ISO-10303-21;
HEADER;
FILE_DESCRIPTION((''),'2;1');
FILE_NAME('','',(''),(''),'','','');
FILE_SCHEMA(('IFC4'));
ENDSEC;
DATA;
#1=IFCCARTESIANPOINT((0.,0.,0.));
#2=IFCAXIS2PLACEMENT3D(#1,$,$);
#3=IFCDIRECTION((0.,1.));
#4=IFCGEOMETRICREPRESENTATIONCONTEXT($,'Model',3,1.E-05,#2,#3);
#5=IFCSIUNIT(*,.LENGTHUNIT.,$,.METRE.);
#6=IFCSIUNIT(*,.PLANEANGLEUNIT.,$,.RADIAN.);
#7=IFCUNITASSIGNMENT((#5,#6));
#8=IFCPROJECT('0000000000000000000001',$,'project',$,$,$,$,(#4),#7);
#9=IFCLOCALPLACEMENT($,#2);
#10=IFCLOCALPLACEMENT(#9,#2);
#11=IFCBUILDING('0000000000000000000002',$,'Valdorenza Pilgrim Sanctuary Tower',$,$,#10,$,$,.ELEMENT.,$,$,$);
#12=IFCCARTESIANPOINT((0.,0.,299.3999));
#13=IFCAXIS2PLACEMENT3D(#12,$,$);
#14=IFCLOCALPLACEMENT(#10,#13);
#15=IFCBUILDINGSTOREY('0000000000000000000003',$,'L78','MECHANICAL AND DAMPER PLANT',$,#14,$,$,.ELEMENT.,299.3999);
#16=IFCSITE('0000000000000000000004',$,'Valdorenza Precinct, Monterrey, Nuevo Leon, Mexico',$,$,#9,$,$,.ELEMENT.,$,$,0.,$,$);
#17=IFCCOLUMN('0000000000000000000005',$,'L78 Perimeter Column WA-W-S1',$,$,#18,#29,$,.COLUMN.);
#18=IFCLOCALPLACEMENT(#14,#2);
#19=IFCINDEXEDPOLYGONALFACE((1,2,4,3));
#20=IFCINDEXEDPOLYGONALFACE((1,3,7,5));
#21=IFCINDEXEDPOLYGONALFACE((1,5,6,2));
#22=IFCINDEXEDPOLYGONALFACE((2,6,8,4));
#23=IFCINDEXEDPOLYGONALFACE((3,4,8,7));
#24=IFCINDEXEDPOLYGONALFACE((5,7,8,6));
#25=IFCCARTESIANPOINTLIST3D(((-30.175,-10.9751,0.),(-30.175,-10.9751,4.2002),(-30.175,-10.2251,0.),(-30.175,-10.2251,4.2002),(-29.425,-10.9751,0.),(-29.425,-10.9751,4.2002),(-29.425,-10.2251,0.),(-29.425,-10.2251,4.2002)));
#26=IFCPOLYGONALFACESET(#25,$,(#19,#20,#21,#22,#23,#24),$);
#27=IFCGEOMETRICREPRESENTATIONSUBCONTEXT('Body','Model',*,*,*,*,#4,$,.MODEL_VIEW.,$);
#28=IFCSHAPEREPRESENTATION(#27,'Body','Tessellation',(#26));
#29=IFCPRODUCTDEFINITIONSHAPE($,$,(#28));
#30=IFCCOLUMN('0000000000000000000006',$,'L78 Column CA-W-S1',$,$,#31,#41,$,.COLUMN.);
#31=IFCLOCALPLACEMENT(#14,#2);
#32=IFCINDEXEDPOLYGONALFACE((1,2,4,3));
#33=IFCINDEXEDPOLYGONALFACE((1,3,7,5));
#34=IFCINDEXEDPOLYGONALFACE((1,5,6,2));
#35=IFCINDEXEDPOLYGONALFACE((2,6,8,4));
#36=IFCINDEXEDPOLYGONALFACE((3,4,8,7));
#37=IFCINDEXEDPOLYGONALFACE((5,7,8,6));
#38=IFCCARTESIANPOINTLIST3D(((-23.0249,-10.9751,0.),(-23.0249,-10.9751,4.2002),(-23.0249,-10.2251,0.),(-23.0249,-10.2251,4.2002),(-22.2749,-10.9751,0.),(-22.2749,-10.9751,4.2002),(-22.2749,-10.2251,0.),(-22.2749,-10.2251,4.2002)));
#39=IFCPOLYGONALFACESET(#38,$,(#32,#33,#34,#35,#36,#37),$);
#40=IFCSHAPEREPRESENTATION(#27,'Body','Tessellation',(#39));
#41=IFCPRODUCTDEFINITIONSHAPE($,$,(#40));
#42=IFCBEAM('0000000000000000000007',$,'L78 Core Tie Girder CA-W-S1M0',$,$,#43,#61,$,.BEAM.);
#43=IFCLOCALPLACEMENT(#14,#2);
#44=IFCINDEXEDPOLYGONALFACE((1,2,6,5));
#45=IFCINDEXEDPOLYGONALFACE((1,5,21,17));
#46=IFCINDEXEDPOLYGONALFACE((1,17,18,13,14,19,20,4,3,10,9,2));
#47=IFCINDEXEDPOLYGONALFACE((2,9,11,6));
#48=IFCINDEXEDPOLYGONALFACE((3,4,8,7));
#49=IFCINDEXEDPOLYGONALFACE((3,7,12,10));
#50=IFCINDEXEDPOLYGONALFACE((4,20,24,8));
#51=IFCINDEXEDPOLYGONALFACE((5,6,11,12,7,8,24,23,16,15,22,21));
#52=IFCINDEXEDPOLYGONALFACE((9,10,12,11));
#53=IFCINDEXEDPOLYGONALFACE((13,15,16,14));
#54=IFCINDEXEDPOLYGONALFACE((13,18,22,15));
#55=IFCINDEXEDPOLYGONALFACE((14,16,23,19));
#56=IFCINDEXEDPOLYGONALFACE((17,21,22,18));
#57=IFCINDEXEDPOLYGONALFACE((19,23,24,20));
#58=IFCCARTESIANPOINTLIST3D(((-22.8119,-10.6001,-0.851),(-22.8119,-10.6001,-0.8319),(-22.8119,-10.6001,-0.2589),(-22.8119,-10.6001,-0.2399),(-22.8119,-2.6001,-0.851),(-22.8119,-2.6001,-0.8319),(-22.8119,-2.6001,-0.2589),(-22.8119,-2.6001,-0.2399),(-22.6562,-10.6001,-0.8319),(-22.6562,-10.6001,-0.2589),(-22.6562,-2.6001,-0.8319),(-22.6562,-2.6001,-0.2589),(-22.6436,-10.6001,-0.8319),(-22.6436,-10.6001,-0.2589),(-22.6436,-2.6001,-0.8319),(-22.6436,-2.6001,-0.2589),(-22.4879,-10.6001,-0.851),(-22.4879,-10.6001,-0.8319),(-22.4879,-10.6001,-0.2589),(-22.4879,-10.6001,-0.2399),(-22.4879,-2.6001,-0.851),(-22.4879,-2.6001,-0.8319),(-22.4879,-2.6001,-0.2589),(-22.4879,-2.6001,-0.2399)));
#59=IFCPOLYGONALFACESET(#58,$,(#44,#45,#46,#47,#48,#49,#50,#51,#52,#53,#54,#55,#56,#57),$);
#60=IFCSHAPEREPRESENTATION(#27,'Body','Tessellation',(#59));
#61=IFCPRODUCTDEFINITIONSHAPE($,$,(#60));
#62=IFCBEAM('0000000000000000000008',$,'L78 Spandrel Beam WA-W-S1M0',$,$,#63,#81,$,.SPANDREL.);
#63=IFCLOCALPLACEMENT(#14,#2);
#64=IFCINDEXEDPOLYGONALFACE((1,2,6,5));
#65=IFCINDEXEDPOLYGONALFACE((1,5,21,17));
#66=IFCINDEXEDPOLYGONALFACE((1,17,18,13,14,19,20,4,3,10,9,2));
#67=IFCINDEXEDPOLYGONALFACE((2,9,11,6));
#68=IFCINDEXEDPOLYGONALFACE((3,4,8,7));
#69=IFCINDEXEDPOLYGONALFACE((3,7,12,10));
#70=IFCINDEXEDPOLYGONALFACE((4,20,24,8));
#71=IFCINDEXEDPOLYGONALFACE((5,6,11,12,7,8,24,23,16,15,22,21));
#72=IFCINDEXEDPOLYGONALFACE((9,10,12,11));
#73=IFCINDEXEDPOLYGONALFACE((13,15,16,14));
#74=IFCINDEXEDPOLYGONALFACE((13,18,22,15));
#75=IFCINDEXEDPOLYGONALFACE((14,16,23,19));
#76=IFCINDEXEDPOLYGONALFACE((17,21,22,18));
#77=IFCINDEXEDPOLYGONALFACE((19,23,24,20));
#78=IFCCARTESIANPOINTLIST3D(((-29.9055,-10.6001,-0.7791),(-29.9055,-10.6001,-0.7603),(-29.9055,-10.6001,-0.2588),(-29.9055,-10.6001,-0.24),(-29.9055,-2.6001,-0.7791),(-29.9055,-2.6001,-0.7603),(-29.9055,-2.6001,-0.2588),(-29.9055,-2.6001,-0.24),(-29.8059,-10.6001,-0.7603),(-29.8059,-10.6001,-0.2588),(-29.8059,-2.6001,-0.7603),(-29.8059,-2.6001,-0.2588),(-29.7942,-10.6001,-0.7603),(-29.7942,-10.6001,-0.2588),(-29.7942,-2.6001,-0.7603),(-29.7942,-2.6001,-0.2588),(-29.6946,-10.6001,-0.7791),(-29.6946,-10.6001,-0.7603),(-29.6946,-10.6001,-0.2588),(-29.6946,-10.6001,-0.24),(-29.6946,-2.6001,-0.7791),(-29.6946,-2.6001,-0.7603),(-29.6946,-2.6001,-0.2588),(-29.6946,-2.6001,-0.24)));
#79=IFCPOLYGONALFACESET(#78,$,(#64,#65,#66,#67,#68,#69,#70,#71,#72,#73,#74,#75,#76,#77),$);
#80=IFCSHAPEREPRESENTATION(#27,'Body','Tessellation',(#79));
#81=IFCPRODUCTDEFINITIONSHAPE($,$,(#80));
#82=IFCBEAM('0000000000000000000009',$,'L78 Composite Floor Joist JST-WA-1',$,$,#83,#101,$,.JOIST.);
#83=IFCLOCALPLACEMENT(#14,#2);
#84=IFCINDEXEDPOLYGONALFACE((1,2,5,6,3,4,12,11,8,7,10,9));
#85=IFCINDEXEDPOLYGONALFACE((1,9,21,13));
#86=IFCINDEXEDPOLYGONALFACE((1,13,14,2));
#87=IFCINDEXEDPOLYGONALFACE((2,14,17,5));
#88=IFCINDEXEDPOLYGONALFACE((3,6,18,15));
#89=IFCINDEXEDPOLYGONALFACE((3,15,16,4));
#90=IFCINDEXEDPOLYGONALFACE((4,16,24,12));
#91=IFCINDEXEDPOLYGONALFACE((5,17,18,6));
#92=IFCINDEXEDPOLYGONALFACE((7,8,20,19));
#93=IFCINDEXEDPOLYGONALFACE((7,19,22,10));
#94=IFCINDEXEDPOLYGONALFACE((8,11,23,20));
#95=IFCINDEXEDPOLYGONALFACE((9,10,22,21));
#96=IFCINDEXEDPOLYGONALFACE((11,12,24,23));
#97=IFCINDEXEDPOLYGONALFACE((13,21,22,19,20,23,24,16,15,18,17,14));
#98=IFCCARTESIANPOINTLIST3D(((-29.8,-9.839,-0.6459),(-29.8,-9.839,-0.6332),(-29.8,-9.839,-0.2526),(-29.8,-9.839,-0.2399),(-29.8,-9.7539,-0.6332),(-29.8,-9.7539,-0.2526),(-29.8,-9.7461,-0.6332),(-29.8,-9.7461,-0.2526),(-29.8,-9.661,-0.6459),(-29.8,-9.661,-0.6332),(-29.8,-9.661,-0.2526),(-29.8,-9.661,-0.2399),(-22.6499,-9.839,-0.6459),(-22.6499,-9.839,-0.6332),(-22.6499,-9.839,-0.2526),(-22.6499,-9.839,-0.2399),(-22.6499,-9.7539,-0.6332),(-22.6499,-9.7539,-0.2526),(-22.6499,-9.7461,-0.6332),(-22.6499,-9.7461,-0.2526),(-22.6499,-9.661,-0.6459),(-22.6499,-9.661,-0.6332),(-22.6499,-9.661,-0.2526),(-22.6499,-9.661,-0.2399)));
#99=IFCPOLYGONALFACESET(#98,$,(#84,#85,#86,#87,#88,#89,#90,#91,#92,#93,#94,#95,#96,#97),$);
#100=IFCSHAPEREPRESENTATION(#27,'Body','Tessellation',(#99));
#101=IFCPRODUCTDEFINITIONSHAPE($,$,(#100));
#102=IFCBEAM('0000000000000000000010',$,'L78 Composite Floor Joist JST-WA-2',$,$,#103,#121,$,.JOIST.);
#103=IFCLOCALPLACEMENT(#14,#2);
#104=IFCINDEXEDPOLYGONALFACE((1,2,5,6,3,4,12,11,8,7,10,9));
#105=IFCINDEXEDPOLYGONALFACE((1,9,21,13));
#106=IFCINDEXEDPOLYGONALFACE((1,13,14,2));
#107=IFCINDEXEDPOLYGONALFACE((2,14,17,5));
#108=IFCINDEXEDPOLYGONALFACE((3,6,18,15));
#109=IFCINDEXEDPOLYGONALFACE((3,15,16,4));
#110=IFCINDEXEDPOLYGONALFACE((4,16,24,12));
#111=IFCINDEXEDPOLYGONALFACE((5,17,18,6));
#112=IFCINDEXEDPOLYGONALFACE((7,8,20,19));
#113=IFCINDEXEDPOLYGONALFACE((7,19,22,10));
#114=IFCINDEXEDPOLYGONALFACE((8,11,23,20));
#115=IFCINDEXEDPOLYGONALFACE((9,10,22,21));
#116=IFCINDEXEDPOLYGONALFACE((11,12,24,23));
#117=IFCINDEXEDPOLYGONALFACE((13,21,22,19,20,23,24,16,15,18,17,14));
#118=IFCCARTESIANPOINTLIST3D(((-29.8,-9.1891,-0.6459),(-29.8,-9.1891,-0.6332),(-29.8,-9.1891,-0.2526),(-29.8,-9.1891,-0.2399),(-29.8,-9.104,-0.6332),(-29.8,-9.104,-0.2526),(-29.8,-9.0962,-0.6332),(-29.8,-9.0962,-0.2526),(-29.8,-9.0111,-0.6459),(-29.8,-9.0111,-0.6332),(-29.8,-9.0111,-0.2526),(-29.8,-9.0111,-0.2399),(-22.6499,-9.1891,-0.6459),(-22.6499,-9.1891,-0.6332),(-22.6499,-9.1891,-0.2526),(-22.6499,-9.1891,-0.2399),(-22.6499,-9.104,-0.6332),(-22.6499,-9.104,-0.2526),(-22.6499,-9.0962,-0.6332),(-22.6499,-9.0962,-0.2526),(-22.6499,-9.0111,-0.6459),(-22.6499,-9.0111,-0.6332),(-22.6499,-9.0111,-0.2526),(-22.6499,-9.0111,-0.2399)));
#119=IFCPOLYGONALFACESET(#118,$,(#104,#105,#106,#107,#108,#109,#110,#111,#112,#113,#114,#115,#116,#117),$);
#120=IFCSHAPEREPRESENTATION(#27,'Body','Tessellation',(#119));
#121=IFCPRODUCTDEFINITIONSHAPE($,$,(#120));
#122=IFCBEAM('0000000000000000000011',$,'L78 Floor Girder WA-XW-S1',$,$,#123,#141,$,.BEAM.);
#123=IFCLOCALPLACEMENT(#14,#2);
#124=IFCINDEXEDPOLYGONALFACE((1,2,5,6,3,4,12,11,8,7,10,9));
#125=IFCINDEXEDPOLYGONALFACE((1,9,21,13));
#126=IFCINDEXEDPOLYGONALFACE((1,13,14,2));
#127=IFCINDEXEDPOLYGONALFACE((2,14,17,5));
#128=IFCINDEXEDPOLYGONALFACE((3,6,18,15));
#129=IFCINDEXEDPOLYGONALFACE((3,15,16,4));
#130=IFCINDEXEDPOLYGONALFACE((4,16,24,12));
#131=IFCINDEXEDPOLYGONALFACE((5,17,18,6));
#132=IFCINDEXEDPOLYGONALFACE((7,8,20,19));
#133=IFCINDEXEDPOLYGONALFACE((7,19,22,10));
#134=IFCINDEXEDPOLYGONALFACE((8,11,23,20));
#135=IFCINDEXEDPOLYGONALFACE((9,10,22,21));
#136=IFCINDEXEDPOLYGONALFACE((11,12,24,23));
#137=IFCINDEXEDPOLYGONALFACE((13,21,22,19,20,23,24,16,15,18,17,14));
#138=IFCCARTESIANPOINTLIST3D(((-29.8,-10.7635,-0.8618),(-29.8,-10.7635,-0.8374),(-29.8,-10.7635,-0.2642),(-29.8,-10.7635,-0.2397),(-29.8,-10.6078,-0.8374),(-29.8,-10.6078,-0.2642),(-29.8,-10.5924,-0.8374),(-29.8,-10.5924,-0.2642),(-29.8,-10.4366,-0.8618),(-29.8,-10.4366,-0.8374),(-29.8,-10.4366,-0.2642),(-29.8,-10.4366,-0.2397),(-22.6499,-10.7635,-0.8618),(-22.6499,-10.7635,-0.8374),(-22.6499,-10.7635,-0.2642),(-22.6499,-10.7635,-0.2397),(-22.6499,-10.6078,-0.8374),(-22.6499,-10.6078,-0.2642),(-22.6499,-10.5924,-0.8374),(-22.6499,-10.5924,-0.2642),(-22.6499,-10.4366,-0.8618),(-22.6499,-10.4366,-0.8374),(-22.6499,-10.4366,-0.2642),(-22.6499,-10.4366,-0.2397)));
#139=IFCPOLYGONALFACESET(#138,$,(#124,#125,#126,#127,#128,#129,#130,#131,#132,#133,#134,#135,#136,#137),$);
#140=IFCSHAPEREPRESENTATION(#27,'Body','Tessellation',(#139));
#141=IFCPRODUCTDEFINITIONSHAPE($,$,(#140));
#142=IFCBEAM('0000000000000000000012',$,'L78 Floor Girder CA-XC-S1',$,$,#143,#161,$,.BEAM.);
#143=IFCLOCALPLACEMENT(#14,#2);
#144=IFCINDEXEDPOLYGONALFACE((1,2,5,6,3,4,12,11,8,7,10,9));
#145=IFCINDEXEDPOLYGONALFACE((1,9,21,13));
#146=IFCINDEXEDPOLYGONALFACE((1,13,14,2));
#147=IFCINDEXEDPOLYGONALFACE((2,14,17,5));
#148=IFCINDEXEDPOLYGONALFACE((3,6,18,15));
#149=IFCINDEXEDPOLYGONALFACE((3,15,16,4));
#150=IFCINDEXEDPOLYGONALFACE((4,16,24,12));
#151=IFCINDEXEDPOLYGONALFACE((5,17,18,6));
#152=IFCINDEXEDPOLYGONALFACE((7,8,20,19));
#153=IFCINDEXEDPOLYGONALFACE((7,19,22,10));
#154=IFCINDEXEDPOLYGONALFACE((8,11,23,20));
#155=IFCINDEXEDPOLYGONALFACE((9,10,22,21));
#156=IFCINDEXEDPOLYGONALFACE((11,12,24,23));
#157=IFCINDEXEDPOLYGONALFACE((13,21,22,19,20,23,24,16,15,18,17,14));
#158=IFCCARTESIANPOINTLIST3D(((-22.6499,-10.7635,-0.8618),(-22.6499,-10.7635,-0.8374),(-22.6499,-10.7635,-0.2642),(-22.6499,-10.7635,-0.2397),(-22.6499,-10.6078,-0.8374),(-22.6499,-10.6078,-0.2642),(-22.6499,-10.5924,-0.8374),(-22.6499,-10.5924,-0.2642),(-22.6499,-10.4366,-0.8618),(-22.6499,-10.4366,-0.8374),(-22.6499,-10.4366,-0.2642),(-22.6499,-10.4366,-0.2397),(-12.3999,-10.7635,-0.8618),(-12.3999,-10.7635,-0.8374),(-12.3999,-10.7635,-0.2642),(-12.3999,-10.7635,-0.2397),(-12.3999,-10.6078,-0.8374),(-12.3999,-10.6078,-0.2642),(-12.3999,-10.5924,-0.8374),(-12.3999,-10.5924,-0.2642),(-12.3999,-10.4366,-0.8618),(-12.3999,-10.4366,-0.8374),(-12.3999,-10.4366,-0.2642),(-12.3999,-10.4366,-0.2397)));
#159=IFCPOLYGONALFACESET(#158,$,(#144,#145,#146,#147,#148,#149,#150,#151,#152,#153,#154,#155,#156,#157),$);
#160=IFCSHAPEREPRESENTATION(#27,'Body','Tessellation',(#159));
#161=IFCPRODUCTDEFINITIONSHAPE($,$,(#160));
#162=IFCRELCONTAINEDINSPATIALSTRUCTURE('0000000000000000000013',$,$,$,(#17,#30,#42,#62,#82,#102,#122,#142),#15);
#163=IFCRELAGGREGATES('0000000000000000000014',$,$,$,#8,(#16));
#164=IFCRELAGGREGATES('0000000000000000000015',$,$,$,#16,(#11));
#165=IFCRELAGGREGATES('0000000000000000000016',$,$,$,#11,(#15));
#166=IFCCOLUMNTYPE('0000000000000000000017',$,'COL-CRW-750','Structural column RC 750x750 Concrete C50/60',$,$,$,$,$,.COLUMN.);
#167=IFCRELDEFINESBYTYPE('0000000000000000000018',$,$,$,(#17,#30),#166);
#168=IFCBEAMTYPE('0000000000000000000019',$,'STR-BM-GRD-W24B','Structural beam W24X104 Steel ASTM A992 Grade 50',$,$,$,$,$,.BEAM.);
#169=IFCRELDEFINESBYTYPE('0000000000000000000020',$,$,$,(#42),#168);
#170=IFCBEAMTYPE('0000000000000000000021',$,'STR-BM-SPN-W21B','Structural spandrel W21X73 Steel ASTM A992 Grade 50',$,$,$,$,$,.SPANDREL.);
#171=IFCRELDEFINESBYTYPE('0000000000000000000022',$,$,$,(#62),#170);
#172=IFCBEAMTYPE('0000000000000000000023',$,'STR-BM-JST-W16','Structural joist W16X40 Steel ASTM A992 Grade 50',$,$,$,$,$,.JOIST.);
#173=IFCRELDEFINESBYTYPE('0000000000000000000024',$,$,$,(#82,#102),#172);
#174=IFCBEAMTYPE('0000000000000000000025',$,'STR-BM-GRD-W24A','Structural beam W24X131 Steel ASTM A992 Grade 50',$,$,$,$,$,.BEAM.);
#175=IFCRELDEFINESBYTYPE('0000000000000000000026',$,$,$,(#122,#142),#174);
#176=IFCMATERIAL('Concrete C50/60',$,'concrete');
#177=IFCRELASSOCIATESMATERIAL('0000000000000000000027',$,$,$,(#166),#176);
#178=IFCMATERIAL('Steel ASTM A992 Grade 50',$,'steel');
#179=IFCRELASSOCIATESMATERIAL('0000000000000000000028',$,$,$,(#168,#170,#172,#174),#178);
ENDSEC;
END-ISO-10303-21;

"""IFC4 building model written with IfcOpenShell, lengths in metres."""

from ifc_helpers import new_model, si_unit, direction, frame, origin, origin_2d, place, context, subcontext, project, spatial, rectangle, i_section, extrude, source, transform, mapped, material, material_profile, profile_set, type_object, element, save


model = new_model("IFC4")

# Units and contexts
model_context = context("Model", 3, precision=1e-05, world=origin(), true_north=direction((0.0, 1.0)))
body_context = subcontext(model_context, "Body", "Model", "MODEL_VIEW")
ifc_project = project(units=[si_unit("LENGTHUNIT", "METRE"), si_unit("PLANEANGLEUNIT", "RADIAN")], contexts=[model_context])

# Site, building, storey
site_placement = place(None, origin())
site = spatial("IfcSite", under=ifc_project, at=site_placement, Name="Valdorenza Precinct, Monterrey, Nuevo Leon, Mexico", CompositionType="ELEMENT", RefElevation=0.0)
building_placement = place(site_placement, origin())
building = spatial("IfcBuilding", under=site, at=building_placement, Name="Valdorenza Pilgrim Sanctuary Tower", CompositionType="ELEMENT")
storey_placement = place(building_placement, frame((0.0, 0.0, 299.3999)))
storey = spatial("IfcBuildingStorey", under=building, at=storey_placement, Name="L78", Description="MECHANICAL AND DAMPER PLANT", CompositionType="ELEMENT", Elevation=299.3999)

# Columns
ifc_material_1 = material(Name="Concrete C50/60", Category="concrete")
ifc_material_profile_1 = material_profile(ifc_material_1, rectangle(XDim=0.75, YDim=0.75, at=origin_2d()), Name="RC 750x750")
ifc_profile_set_1 = profile_set([ifc_material_profile_1], Name="Concrete C50/60")
column_type = type_object("IfcColumnType", Name="COL-CRW-750", Description="Structural column RC 750x750 Concrete C50/60", PredefinedType="COLUMN", material=ifc_profile_set_1)
shared_shape_1 = source(origin(), body_context, "Body", "SweptSolid", [
    extrude(rectangle(XDim=0.75, YDim=0.75, at=origin_2d()), origin(), (0.0, 0.0, 1.0), 4.2002),
])
for number, where, z_axis, x_axis, name in (
    (1, (-29.8, -10.6001, 0.0), (0.0, 0.0, 1.0), (1.0, 0.0, 0.0), "L78 Perimeter Column WA-W-S1"),
    (2, (-22.6499, -10.6001, 0.0), (0.0, 0.0, 1.0), (1.0, 0.0, 0.0), "L78 Column CA-W-S1"),
):
    element("IfcColumn", number, at=place(storey_placement, frame(where, z_axis=z_axis, x_axis=x_axis)), inside=storey, type_object=column_type, Name=name, PredefinedType="COLUMN", context=body_context, shape_type="MappedRepresentation", body=[
        mapped(shared_shape_1, transform((0.0, 0.0, 0.0), x_axis=(1.0, 0.0, 0.0), y_axis=(0.0, 1.0, 0.0), z_axis=(0.0, 0.0, 1.0), scale=1.0)),
    ])

# Beams
ifc_material_2 = material(Name="Steel ASTM A992 Grade 50", Category="steel")
ifc_material_profile_2 = material_profile(ifc_material_2, i_section(OverallWidth=0.324, OverallDepth=0.6111, WebThickness=0.0127, FlangeThickness=0.019, at=origin_2d()), Name="W24X104")
ifc_profile_set_2 = profile_set([ifc_material_profile_2], Name="Steel ASTM A992 Grade 50")
beam_type_1 = type_object("IfcBeamType", Name="STR-BM-GRD-W24B", Description="Structural beam W24X104 Steel ASTM A992 Grade 50", PredefinedType="BEAM", material=ifc_profile_set_2)
shared_shape_2 = source(origin(), body_context, "Body", "SweptSolid", [
    extrude(i_section(OverallWidth=0.324, OverallDepth=0.6111, WebThickness=0.0127, FlangeThickness=0.019, at=origin_2d()), origin(), (0.0, 0.0, 1.0), 8.0),
])
beam_1_placement = place(storey_placement, frame((-22.6499, -10.6001, -0.5454), z_axis=(0.0, 1.0, 0.0), x_axis=(-1.0, 0.0, 0.0)))
element("IfcBeam", 3, at=beam_1_placement, inside=storey, type_object=beam_type_1, Name="L78 Core Tie Girder CA-W-S1M0", PredefinedType="BEAM", context=body_context, shape_type="MappedRepresentation", body=[
    mapped(shared_shape_2, transform((0.0, 0.0, 0.0), x_axis=(1.0, 0.0, 0.0), y_axis=(0.0, 1.0, 0.0), z_axis=(0.0, 0.0, 1.0), scale=1.0)),
])
ifc_material_profile_3 = material_profile(ifc_material_2, i_section(OverallWidth=0.2109, OverallDepth=0.5391, WebThickness=0.0117, FlangeThickness=0.0188, at=origin_2d()), Name="W21X73")
ifc_profile_set_3 = profile_set([ifc_material_profile_3], Name="Steel ASTM A992 Grade 50")
beam_type_2 = type_object("IfcBeamType", Name="STR-BM-SPN-W21B", Description="Structural spandrel W21X73 Steel ASTM A992 Grade 50", PredefinedType="SPANDREL", material=ifc_profile_set_3)
shared_shape_3 = source(origin(), body_context, "Body", "SweptSolid", [
    extrude(i_section(OverallWidth=0.2109, OverallDepth=0.5391, WebThickness=0.0117, FlangeThickness=0.0188, at=origin_2d()), origin(), (0.0, 0.0, 1.0), 8.0),
])
beam_2_placement = place(storey_placement, frame((-29.8, -10.6001, -0.5095), z_axis=(0.0, 1.0, 0.0), x_axis=(-1.0, 0.0, 0.0)))
element("IfcBeam", 4, at=beam_2_placement, inside=storey, type_object=beam_type_2, Name="L78 Spandrel Beam WA-W-S1M0", PredefinedType="SPANDREL", context=body_context, shape_type="MappedRepresentation", body=[
    mapped(shared_shape_3, transform((0.0, 0.0, 0.0), x_axis=(1.0, 0.0, 0.0), y_axis=(0.0, 1.0, 0.0), z_axis=(0.0, 0.0, 1.0), scale=1.0)),
])
ifc_material_profile_4 = material_profile(ifc_material_2, i_section(OverallWidth=0.178, OverallDepth=0.406, WebThickness=0.0078, FlangeThickness=0.0127, at=origin_2d()), Name="W16X40")
ifc_profile_set_4 = profile_set([ifc_material_profile_4], Name="Steel ASTM A992 Grade 50")
beam_type_3 = type_object("IfcBeamType", Name="STR-BM-JST-W16", Description="Structural joist W16X40 Steel ASTM A992 Grade 50", PredefinedType="JOIST", material=ifc_profile_set_4)
shared_shape_4 = source(origin(), body_context, "Body", "SweptSolid", [
    extrude(i_section(OverallWidth=0.178, OverallDepth=0.406, WebThickness=0.0078, FlangeThickness=0.0127, at=origin_2d()), origin(), (0.0, 0.0, 1.0), 7.1501),
])
for number, where, z_axis, x_axis, name in (
    (5, (-29.8, -9.75, -0.4429), (1.0, 0.0, 0.0), (0.0, 1.0, 0.0), "L78 Composite Floor Joist JST-WA-1"),
    (6, (-29.8, -9.1001, -0.4429), (1.0, 0.0, 0.0), (0.0, 1.0, 0.0), "L78 Composite Floor Joist JST-WA-2"),
):
    element("IfcBeam", number, at=place(storey_placement, frame(where, z_axis=z_axis, x_axis=x_axis)), inside=storey, type_object=beam_type_3, Name=name, PredefinedType="JOIST", context=body_context, shape_type="MappedRepresentation", body=[
        mapped(shared_shape_4, transform((0.0, 0.0, 0.0), x_axis=(1.0, 0.0, 0.0), y_axis=(0.0, 1.0, 0.0), z_axis=(0.0, 0.0, 1.0), scale=1.0)),
    ])
ifc_material_profile_5 = material_profile(ifc_material_2, i_section(OverallWidth=0.3269, OverallDepth=0.6221, WebThickness=0.0154, FlangeThickness=0.0244, at=origin_2d()), Name="W24X131")
ifc_profile_set_5 = profile_set([ifc_material_profile_5], Name="Steel ASTM A992 Grade 50")
beam_type_4 = type_object("IfcBeamType", Name="STR-BM-GRD-W24A", Description="Structural beam W24X131 Steel ASTM A992 Grade 50", PredefinedType="BEAM", material=ifc_profile_set_5)
shared_shape_5 = source(origin(), body_context, "Body", "SweptSolid", [
    extrude(i_section(OverallWidth=0.3269, OverallDepth=0.6221, WebThickness=0.0154, FlangeThickness=0.0244, at=origin_2d()), origin(), (0.0, 0.0, 1.0), 7.1501),
])
beam_3_placement = place(storey_placement, frame((-29.8, -10.6001, -0.5508), z_axis=(1.0, 0.0, 0.0), x_axis=(0.0, 1.0, 0.0)))
element("IfcBeam", 7, at=beam_3_placement, inside=storey, type_object=beam_type_4, Name="L78 Floor Girder WA-XW-S1", PredefinedType="BEAM", context=body_context, shape_type="MappedRepresentation", body=[
    mapped(shared_shape_5, transform((0.0, 0.0, 0.0), x_axis=(1.0, 0.0, 0.0), y_axis=(0.0, 1.0, 0.0), z_axis=(0.0, 0.0, 1.0), scale=1.0)),
])
shared_shape_6 = source(origin(), body_context, "Body", "SweptSolid", [
    extrude(i_section(OverallWidth=0.3269, OverallDepth=0.6221, WebThickness=0.0154, FlangeThickness=0.0244, at=origin_2d()), origin(), (0.0, 0.0, 1.0), 10.25),
])
beam_4_placement = place(storey_placement, frame((-22.6499, -10.6001, -0.5508), z_axis=(1.0, 0.0, 0.0), x_axis=(0.0, 1.0, 0.0)))
element("IfcBeam", 8, at=beam_4_placement, inside=storey, type_object=beam_type_4, Name="L78 Floor Girder CA-XC-S1", PredefinedType="BEAM", context=body_context, shape_type="MappedRepresentation", body=[
    mapped(shared_shape_6, transform((0.0, 0.0, 0.0), x_axis=(1.0, 0.0, 0.0), y_axis=(0.0, 1.0, 0.0), z_axis=(0.0, 0.0, 1.0), scale=1.0)),
])

save(model, "model.ifc")
